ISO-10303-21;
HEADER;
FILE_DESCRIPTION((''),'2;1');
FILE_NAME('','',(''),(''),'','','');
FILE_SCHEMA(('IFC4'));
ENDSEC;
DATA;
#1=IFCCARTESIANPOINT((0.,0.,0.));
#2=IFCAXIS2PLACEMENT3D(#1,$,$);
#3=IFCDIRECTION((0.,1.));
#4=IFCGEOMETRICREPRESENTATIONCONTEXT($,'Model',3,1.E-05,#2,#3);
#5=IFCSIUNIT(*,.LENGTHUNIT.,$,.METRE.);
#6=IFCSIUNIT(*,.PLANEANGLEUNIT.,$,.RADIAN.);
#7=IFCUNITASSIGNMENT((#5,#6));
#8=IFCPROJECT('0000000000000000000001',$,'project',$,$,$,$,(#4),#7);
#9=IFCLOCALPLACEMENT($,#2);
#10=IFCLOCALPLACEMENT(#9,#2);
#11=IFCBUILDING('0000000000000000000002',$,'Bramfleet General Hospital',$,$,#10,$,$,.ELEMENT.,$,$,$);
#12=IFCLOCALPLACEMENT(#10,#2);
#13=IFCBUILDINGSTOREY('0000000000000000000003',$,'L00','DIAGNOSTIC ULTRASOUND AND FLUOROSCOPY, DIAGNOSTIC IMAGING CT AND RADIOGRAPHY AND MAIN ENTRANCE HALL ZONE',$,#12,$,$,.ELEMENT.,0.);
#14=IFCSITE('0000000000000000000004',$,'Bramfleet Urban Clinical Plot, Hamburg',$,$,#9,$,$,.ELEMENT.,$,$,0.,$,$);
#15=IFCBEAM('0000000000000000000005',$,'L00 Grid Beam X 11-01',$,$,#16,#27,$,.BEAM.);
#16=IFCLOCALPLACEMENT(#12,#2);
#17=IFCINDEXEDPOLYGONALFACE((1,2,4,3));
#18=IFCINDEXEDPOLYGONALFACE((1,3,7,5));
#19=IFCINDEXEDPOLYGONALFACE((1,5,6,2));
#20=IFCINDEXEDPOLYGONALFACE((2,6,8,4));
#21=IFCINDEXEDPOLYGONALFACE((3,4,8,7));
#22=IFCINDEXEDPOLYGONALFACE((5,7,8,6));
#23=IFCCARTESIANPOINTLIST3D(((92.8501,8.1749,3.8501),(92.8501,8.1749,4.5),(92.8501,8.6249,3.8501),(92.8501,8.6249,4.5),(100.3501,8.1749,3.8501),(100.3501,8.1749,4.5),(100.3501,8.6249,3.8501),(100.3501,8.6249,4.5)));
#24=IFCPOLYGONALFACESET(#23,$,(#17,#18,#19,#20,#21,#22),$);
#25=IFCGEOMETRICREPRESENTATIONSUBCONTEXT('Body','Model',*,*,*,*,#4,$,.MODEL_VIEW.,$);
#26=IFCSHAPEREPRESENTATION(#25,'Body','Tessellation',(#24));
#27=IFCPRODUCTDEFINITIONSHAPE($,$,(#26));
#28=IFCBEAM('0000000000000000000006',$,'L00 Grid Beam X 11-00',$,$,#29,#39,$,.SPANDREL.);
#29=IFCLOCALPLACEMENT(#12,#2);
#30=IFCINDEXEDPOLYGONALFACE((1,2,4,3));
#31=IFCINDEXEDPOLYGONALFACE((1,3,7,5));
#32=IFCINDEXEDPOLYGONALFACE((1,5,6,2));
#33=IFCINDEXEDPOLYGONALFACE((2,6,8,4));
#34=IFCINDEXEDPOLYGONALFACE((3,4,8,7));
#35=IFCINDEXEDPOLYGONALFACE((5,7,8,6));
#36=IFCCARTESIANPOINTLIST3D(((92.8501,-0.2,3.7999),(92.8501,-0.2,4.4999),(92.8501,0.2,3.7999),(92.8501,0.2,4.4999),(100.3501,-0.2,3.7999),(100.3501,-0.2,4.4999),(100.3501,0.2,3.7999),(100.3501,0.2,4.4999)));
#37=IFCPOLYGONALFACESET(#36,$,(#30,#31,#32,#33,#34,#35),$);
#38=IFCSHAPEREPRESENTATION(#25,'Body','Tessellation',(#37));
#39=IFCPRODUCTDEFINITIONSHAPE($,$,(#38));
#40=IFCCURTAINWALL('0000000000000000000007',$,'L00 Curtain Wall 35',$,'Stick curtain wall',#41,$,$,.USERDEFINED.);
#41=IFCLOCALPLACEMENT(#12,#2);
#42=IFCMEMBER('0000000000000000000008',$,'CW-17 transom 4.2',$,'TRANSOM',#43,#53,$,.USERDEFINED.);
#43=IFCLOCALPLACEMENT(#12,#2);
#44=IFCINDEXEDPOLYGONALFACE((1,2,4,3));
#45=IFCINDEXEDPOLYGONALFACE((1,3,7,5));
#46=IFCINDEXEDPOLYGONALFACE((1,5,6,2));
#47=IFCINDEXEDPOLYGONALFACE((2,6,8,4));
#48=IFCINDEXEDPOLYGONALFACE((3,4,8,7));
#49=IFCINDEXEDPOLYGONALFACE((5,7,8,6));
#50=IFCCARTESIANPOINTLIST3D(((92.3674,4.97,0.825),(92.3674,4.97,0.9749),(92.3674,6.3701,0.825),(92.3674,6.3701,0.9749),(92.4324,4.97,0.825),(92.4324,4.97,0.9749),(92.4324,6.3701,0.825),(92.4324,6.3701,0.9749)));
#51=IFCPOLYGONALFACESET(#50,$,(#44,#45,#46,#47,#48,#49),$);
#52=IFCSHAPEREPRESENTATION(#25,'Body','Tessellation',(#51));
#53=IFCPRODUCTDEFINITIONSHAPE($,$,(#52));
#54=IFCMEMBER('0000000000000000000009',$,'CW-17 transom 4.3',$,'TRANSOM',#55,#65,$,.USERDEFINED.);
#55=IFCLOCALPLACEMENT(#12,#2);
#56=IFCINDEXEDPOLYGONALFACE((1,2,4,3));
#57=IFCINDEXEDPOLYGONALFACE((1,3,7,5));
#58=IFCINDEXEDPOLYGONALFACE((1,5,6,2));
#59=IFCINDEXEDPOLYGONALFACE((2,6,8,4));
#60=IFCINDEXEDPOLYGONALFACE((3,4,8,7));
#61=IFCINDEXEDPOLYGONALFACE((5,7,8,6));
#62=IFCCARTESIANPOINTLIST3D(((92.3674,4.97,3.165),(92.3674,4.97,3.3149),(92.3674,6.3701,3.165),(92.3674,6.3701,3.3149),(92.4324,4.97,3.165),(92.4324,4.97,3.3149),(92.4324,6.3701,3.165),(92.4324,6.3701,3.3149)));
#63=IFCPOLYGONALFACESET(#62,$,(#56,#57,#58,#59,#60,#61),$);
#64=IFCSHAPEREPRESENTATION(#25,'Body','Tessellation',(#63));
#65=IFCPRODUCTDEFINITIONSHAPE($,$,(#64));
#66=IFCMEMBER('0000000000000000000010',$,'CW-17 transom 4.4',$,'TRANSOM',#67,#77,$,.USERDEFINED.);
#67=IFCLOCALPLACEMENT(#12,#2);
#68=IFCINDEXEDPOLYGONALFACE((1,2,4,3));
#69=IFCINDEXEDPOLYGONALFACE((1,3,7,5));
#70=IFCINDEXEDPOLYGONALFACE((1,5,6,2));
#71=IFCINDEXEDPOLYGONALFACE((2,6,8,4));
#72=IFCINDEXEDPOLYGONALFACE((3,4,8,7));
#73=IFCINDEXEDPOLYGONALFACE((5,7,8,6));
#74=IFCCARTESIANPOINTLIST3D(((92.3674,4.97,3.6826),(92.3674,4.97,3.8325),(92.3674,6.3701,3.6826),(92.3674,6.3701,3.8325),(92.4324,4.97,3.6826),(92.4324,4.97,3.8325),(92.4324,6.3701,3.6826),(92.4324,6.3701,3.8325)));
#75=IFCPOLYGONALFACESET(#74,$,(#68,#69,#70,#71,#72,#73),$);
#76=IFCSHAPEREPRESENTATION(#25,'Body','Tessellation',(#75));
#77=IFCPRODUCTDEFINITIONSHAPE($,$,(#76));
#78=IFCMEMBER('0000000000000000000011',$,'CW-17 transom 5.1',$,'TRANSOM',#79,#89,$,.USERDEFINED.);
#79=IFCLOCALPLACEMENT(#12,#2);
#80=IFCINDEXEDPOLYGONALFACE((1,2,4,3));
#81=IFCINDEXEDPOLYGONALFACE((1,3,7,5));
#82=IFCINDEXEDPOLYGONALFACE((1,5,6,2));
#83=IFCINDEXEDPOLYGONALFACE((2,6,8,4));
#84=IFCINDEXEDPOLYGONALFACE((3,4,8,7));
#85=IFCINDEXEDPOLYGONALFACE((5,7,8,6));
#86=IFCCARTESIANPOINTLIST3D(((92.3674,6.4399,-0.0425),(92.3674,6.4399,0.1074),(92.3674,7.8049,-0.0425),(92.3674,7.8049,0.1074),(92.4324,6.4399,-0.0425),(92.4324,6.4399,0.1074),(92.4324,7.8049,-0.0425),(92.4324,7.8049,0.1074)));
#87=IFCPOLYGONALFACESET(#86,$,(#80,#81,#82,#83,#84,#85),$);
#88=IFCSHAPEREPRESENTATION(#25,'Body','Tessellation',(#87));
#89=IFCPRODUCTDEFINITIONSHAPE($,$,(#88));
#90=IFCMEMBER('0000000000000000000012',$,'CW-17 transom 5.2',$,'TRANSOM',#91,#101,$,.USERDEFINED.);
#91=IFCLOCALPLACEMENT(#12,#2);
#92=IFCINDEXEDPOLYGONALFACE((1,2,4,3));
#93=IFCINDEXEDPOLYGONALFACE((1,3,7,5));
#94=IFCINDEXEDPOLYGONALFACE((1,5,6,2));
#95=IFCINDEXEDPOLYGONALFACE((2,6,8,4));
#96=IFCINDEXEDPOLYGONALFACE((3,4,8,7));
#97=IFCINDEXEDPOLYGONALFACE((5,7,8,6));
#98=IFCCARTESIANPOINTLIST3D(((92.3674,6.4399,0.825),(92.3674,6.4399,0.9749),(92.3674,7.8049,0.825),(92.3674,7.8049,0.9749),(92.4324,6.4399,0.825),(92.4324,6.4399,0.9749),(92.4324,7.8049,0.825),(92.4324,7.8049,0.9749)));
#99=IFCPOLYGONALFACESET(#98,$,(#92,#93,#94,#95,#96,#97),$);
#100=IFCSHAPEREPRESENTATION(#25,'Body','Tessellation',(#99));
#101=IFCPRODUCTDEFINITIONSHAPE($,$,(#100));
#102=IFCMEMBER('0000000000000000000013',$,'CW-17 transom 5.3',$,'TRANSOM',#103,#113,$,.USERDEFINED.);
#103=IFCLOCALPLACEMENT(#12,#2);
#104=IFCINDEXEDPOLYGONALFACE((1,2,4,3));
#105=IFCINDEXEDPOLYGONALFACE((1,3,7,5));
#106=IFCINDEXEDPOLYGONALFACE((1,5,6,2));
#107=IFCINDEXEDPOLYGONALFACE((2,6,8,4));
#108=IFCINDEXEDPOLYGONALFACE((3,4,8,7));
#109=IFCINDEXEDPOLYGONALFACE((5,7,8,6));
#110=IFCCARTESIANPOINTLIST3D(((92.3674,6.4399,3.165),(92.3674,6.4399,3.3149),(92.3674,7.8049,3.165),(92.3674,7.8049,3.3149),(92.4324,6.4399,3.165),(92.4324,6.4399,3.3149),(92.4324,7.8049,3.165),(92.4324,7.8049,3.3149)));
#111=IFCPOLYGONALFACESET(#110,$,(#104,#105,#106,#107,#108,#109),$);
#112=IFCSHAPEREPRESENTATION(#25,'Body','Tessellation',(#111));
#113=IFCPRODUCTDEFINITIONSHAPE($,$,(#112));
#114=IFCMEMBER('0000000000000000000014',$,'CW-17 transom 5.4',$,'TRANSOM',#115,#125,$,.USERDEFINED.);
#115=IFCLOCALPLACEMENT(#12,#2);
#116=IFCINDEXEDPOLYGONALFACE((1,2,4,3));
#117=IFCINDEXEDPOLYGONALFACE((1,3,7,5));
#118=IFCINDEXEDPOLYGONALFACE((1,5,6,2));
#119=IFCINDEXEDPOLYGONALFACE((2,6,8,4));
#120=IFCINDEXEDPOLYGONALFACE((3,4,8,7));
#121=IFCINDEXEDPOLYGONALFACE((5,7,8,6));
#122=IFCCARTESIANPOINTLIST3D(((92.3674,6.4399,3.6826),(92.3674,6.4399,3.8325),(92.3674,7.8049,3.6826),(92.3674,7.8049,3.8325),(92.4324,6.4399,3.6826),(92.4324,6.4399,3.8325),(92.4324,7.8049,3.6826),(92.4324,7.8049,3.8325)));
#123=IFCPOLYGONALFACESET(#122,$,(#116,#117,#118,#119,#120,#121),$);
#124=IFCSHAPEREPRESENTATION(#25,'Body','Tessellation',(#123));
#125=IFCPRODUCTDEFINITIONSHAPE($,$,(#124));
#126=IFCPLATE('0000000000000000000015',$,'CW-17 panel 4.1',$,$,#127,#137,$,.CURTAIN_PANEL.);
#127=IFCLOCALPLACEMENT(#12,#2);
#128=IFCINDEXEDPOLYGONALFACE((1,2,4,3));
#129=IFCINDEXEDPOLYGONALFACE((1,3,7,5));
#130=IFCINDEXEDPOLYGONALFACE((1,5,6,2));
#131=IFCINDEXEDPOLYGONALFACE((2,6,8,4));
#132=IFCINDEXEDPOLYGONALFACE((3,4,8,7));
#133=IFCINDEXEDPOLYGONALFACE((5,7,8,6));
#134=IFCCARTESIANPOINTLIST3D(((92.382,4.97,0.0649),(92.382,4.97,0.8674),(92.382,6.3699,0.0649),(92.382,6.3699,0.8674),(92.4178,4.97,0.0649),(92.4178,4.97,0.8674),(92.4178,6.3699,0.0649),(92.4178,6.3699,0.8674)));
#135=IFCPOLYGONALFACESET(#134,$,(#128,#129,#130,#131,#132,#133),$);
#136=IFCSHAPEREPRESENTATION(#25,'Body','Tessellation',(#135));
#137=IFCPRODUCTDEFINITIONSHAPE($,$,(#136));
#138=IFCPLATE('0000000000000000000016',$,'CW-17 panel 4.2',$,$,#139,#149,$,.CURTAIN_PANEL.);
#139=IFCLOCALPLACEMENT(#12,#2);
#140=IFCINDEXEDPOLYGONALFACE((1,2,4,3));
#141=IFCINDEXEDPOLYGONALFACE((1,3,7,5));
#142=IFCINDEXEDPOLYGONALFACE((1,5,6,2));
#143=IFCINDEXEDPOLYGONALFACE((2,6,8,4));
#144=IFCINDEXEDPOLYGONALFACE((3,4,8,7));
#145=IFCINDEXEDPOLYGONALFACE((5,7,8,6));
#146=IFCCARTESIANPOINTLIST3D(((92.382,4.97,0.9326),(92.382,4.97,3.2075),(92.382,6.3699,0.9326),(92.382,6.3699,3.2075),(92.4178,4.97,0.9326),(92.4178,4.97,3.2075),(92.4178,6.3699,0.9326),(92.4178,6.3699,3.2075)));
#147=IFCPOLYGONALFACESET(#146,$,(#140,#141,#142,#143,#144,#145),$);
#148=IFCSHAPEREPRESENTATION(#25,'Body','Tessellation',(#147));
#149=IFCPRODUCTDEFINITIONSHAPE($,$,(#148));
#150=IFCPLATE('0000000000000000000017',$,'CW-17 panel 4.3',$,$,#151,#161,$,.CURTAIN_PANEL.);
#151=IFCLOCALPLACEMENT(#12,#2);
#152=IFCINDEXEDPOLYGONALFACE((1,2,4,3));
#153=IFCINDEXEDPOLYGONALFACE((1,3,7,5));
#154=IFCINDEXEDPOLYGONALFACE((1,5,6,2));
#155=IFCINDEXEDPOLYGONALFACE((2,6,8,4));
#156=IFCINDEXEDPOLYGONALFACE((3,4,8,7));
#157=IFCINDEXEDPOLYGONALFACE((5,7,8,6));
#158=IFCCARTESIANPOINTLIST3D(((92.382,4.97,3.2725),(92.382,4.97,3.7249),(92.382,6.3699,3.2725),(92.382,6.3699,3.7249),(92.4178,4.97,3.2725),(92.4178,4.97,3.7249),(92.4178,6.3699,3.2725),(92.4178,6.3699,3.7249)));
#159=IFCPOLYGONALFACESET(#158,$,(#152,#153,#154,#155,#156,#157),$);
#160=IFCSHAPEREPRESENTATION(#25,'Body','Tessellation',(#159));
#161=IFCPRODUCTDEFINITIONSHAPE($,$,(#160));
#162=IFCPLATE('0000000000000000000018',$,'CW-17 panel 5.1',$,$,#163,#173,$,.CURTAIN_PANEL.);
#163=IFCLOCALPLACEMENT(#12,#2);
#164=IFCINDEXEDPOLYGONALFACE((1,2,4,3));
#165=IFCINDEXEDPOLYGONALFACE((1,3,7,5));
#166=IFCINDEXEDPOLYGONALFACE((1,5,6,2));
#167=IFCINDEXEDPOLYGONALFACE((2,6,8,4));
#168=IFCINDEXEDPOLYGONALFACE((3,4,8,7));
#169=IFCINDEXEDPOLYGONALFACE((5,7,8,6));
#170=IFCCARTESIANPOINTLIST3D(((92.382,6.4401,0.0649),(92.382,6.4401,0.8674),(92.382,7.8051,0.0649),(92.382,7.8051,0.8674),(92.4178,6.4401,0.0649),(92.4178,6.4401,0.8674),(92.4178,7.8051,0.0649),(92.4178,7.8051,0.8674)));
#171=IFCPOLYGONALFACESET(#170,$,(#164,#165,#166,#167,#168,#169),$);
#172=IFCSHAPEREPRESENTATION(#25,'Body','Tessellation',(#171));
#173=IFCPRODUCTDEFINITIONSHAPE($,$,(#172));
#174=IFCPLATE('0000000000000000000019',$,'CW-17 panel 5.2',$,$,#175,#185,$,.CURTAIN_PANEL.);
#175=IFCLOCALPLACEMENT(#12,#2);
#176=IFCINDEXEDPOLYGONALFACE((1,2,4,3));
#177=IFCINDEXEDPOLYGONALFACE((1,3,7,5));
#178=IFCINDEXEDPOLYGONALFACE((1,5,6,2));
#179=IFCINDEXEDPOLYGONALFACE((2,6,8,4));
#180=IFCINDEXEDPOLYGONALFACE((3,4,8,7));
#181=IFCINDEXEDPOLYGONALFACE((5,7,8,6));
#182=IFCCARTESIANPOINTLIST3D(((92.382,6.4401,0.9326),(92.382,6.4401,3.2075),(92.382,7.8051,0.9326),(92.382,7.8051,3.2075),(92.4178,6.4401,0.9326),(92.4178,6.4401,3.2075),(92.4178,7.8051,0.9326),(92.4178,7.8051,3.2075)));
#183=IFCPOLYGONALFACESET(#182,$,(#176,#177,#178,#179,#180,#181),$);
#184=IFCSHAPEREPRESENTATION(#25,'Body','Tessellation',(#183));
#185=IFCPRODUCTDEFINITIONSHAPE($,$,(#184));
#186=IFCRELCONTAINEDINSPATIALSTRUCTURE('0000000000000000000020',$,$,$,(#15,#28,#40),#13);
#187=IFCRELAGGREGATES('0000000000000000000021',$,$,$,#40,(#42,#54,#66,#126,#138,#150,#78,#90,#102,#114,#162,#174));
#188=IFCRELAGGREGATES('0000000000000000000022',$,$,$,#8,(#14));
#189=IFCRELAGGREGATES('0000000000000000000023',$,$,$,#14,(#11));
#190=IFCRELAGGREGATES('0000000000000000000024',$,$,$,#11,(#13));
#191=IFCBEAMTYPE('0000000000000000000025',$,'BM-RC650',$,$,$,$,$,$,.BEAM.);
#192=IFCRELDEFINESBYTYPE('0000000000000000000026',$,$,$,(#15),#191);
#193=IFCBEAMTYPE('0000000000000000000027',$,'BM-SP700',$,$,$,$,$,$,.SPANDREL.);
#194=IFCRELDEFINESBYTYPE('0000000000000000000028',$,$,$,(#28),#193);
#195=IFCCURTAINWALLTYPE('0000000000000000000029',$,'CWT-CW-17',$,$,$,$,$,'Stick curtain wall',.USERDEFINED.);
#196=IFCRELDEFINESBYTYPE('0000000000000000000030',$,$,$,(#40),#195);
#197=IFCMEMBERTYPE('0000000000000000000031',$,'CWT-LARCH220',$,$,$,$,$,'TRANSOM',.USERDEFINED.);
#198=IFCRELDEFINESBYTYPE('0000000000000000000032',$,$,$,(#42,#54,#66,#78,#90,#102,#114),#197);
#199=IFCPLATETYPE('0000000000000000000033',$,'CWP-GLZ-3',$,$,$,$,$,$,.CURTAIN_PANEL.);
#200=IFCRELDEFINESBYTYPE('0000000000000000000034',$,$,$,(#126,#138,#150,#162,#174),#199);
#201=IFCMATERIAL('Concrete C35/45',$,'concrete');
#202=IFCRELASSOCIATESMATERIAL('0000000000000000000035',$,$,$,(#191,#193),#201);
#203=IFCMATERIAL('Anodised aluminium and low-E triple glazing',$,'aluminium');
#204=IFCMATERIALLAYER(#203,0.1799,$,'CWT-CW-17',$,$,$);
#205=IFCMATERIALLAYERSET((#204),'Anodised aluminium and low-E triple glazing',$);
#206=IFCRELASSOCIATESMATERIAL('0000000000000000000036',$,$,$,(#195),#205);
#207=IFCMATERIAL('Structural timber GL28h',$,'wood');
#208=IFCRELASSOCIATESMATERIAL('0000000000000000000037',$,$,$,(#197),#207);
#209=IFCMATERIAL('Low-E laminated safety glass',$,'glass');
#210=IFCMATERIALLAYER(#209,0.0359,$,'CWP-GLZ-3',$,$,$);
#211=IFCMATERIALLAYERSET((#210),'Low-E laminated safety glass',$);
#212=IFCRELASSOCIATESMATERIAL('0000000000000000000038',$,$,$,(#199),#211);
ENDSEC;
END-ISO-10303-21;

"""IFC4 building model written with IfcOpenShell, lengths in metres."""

from ifc_helpers import new_model, si_unit, direction, frame, origin, origin_2d, place, context, subcontext, project, spatial, rectangle, extrude, material, layer, layer_set, material_profile, profile_set, type_object, element, aggregate, save


model = new_model("IFC4")

# Units and contexts
model_context = context("Model", 3, precision=1e-05, world=origin(), true_north=direction((0.0, 1.0)))
body_context = subcontext(model_context, "Body", "Model", "MODEL_VIEW")
ifc_project = project(units=[si_unit("LENGTHUNIT", "METRE"), si_unit("PLANEANGLEUNIT", "RADIAN")], contexts=[model_context])

# Site, building, storey
site_placement = place(None, origin())
site = spatial("IfcSite", under=ifc_project, at=site_placement, Name="Bramfleet Urban Clinical Plot, Hamburg", CompositionType="ELEMENT", RefElevation=0.0)
building_placement = place(site_placement, origin())
building = spatial("IfcBuilding", under=site, at=building_placement, Name="Bramfleet General Hospital", CompositionType="ELEMENT")
storey_placement = place(building_placement, origin())
storey = spatial("IfcBuildingStorey", under=building, at=storey_placement, Name="L00", Description="DIAGNOSTIC ULTRASOUND AND FLUOROSCOPY, DIAGNOSTIC IMAGING CT AND RADIOGRAPHY AND MAIN ENTRANCE HALL ZONE", CompositionType="ELEMENT", Elevation=0.0)

# Beams
ifc_material_1 = material(Name="Concrete C35/45", Category="concrete")
ifc_material_profile_1 = material_profile(ifc_material_1, rectangle(XDim=0.45, YDim=0.6499, at=origin_2d()), Name="RC BM 650x450")
ifc_profile_set_1 = profile_set([ifc_material_profile_1], Name="Concrete C35/45")
beam_type_1 = type_object("IfcBeamType", Name="BM-RC650", PredefinedType="BEAM", material=ifc_profile_set_1)
beam_1_placement = place(storey_placement, frame((92.8501, 8.3999, 4.175), z_axis=(1.0, 0.0, 0.0), x_axis=(0.0, 1.0, 0.0)))
element("IfcBeam", 1, at=beam_1_placement, inside=storey, type_object=beam_type_1, Name="L00 Grid Beam X 11-01", PredefinedType="BEAM", context=body_context, shape_type="SweptSolid", body=[
    extrude(rectangle(XDim=0.45, YDim=0.6499, at=origin_2d()), origin(), (0.0, 0.0, 1.0), 7.5),
])
ifc_material_profile_2 = material_profile(ifc_material_1, rectangle(XDim=0.3999, YDim=0.7, at=origin_2d()), Name="RC SP 700x400")
ifc_profile_set_2 = profile_set([ifc_material_profile_2], Name="Concrete C35/45")
beam_type_2 = type_object("IfcBeamType", Name="BM-SP700", PredefinedType="SPANDREL", material=ifc_profile_set_2)
beam_2_placement = place(storey_placement, frame((92.8501, 0.0, 4.1499), z_axis=(1.0, 0.0, 0.0), x_axis=(0.0, 1.0, 0.0)))
element("IfcBeam", 2, at=beam_2_placement, inside=storey, type_object=beam_type_2, Name="L00 Grid Beam X 11-00", PredefinedType="SPANDREL", context=body_context, shape_type="SweptSolid", body=[
    extrude(rectangle(XDim=0.3999, YDim=0.7, at=origin_2d()), origin(), (0.0, 0.0, 1.0), 7.5),
])

# Curtain wall, members, plates
ifc_material_2 = material(Name="Anodised aluminium and low-E triple glazing", Category="aluminium")
ifc_layer_1 = layer(ifc_material_2, 0.1799, Name="CWT-CW-17")
ifc_layer_set_1 = layer_set([ifc_layer_1], Name="Anodised aluminium and low-E triple glazing")
curtain_wall_type = type_object("IfcCurtainWallType", Name="CWT-CW-17", ElementType="Stick curtain wall", PredefinedType="USERDEFINED", material=ifc_layer_set_1)
curtain_wall_placement = place(storey_placement, origin())
curtain_wall = element("IfcCurtainWall", 3, at=curtain_wall_placement, inside=storey, type_object=curtain_wall_type, Name="L00 Curtain Wall 35", ObjectType="Stick curtain wall", PredefinedType="USERDEFINED")
ifc_material_3 = material(Name="Structural timber GL28h", Category="wood")
ifc_material_profile_3 = material_profile(ifc_material_3, rectangle(XDim=0.0649, YDim=0.1499, at=origin_2d()), Name="LARCH 150x65")
ifc_profile_set_3 = profile_set([ifc_material_profile_3], Name="Structural timber GL28h")
member_type = type_object("IfcMemberType", Name="CWT-LARCH220", ElementType="TRANSOM", PredefinedType="USERDEFINED", material=ifc_profile_set_3)
member_1_placement = place(storey_placement, frame((92.3999, 4.97, 0.8999), z_axis=(0.0, 1.0, 0.0), x_axis=(-1.0, 0.0, 0.0)))
member_1 = element("IfcMember", 4, at=member_1_placement, type_object=member_type, Name="CW-17 transom 4.2", ObjectType="TRANSOM", PredefinedType="USERDEFINED", context=body_context, shape_type="SweptSolid", body=[
    extrude(rectangle(XDim=0.0649, YDim=0.1499, at=origin_2d()), origin(), (0.0, 0.0, 1.0), 1.4001),
])
member_2_placement = place(storey_placement, frame((92.3999, 4.97, 3.24), z_axis=(0.0, 1.0, 0.0), x_axis=(-1.0, 0.0, 0.0)))
member_2 = element("IfcMember", 5, at=member_2_placement, type_object=member_type, Name="CW-17 transom 4.3", ObjectType="TRANSOM", PredefinedType="USERDEFINED", context=body_context, shape_type="SweptSolid", body=[
    extrude(rectangle(XDim=0.0649, YDim=0.1499, at=origin_2d()), origin(), (0.0, 0.0, 1.0), 1.4001),
])
member_3_placement = place(storey_placement, frame((92.3999, 4.97, 3.7576), z_axis=(0.0, 1.0, 0.0), x_axis=(-1.0, 0.0, 0.0)))
member_3 = element("IfcMember", 6, at=member_3_placement, type_object=member_type, Name="CW-17 transom 4.4", ObjectType="TRANSOM", PredefinedType="USERDEFINED", context=body_context, shape_type="SweptSolid", body=[
    extrude(rectangle(XDim=0.0649, YDim=0.1499, at=origin_2d()), origin(), (0.0, 0.0, 1.0), 1.4001),
])
member_4_placement = place(storey_placement, frame((92.3999, 6.4399, 0.0325), z_axis=(0.0, 1.0, 0.0), x_axis=(-1.0, 0.0, 0.0)))
member_4 = element("IfcMember", 7, at=member_4_placement, type_object=member_type, Name="CW-17 transom 5.1", ObjectType="TRANSOM", PredefinedType="USERDEFINED", context=body_context, shape_type="SweptSolid", body=[
    extrude(rectangle(XDim=0.0649, YDim=0.1499, at=origin_2d()), origin(), (0.0, 0.0, 1.0), 1.365),
])
member_5_placement = place(storey_placement, frame((92.3999, 6.4399, 0.8999), z_axis=(0.0, 1.0, 0.0), x_axis=(-1.0, 0.0, 0.0)))
member_5 = element("IfcMember", 8, at=member_5_placement, type_object=member_type, Name="CW-17 transom 5.2", ObjectType="TRANSOM", PredefinedType="USERDEFINED", context=body_context, shape_type="SweptSolid", body=[
    extrude(rectangle(XDim=0.0649, YDim=0.1499, at=origin_2d()), origin(), (0.0, 0.0, 1.0), 1.365),
])
member_6_placement = place(storey_placement, frame((92.3999, 6.4399, 3.24), z_axis=(0.0, 1.0, 0.0), x_axis=(-1.0, 0.0, 0.0)))
member_6 = element("IfcMember", 9, at=member_6_placement, type_object=member_type, Name="CW-17 transom 5.3", ObjectType="TRANSOM", PredefinedType="USERDEFINED", context=body_context, shape_type="SweptSolid", body=[
    extrude(rectangle(XDim=0.0649, YDim=0.1499, at=origin_2d()), origin(), (0.0, 0.0, 1.0), 1.365),
])
member_7_placement = place(storey_placement, frame((92.3999, 6.4399, 3.7576), z_axis=(0.0, 1.0, 0.0), x_axis=(-1.0, 0.0, 0.0)))
member_7 = element("IfcMember", 10, at=member_7_placement, type_object=member_type, Name="CW-17 transom 5.4", ObjectType="TRANSOM", PredefinedType="USERDEFINED", context=body_context, shape_type="SweptSolid", body=[
    extrude(rectangle(XDim=0.0649, YDim=0.1499, at=origin_2d()), origin(), (0.0, 0.0, 1.0), 1.365),
])
ifc_material_4 = material(Name="Low-E laminated safety glass", Category="glass")
ifc_layer_2 = layer(ifc_material_4, 0.0359, Name="CWP-GLZ-3")
ifc_layer_set_2 = layer_set([ifc_layer_2], Name="Low-E laminated safety glass")
plate_type = type_object("IfcPlateType", Name="CWP-GLZ-3", PredefinedType="CURTAIN_PANEL", material=ifc_layer_set_2)
plate_1_placement = place(storey_placement, frame((92.3999, 5.6699, 0.0649), z_axis=(0.0, 0.0, 1.0), x_axis=(0.0, 1.0, 0.0)))
plate_1 = element("IfcPlate", 11, at=plate_1_placement, type_object=plate_type, Name="CW-17 panel 4.1", PredefinedType="CURTAIN_PANEL", context=body_context, shape_type="SweptSolid", body=[
    extrude(rectangle(XDim=1.3999, YDim=0.0359, at=origin_2d()), origin(), (0.0, 0.0, 1.0), 0.8025),
])
plate_2_placement = place(storey_placement, frame((92.3999, 5.6699, 0.9326), z_axis=(0.0, 0.0, 1.0), x_axis=(0.0, 1.0, 0.0)))
plate_2 = element("IfcPlate", 12, at=plate_2_placement, type_object=plate_type, Name="CW-17 panel 4.2", PredefinedType="CURTAIN_PANEL", context=body_context, shape_type="SweptSolid", body=[
    extrude(rectangle(XDim=1.3999, YDim=0.0359, at=origin_2d()), origin(), (0.0, 0.0, 1.0), 2.2749),
])
plate_3_placement = place(storey_placement, frame((92.3999, 5.6699, 3.2725), z_axis=(0.0, 0.0, 1.0), x_axis=(0.0, 1.0, 0.0)))
plate_3 = element("IfcPlate", 13, at=plate_3_placement, type_object=plate_type, Name="CW-17 panel 4.3", PredefinedType="CURTAIN_PANEL", context=body_context, shape_type="SweptSolid", body=[
    extrude(rectangle(XDim=1.3999, YDim=0.0359, at=origin_2d()), origin(), (0.0, 0.0, 1.0), 0.4524),
])
plate_4_placement = place(storey_placement, frame((92.3999, 7.1226, 0.0649), z_axis=(0.0, 0.0, 1.0), x_axis=(0.0, 1.0, 0.0)))
plate_4 = element("IfcPlate", 14, at=plate_4_placement, type_object=plate_type, Name="CW-17 panel 5.1", PredefinedType="CURTAIN_PANEL", context=body_context, shape_type="SweptSolid", body=[
    extrude(rectangle(XDim=1.365, YDim=0.0359, at=origin_2d()), origin(), (0.0, 0.0, 1.0), 0.8025),
])
plate_5_placement = place(storey_placement, frame((92.3999, 7.1226, 0.9326), z_axis=(0.0, 0.0, 1.0), x_axis=(0.0, 1.0, 0.0)))
plate_5 = element("IfcPlate", 15, at=plate_5_placement, type_object=plate_type, Name="CW-17 panel 5.2", PredefinedType="CURTAIN_PANEL", context=body_context, shape_type="SweptSolid", body=[
    extrude(rectangle(XDim=1.365, YDim=0.0359, at=origin_2d()), origin(), (0.0, 0.0, 1.0), 2.2749),
])
aggregate(curtain_wall, [member_1, member_2, member_3, plate_1, plate_2, plate_3, member_4, member_5, member_6, member_7, plate_4, plate_5])

save(model, "model.ifc")
